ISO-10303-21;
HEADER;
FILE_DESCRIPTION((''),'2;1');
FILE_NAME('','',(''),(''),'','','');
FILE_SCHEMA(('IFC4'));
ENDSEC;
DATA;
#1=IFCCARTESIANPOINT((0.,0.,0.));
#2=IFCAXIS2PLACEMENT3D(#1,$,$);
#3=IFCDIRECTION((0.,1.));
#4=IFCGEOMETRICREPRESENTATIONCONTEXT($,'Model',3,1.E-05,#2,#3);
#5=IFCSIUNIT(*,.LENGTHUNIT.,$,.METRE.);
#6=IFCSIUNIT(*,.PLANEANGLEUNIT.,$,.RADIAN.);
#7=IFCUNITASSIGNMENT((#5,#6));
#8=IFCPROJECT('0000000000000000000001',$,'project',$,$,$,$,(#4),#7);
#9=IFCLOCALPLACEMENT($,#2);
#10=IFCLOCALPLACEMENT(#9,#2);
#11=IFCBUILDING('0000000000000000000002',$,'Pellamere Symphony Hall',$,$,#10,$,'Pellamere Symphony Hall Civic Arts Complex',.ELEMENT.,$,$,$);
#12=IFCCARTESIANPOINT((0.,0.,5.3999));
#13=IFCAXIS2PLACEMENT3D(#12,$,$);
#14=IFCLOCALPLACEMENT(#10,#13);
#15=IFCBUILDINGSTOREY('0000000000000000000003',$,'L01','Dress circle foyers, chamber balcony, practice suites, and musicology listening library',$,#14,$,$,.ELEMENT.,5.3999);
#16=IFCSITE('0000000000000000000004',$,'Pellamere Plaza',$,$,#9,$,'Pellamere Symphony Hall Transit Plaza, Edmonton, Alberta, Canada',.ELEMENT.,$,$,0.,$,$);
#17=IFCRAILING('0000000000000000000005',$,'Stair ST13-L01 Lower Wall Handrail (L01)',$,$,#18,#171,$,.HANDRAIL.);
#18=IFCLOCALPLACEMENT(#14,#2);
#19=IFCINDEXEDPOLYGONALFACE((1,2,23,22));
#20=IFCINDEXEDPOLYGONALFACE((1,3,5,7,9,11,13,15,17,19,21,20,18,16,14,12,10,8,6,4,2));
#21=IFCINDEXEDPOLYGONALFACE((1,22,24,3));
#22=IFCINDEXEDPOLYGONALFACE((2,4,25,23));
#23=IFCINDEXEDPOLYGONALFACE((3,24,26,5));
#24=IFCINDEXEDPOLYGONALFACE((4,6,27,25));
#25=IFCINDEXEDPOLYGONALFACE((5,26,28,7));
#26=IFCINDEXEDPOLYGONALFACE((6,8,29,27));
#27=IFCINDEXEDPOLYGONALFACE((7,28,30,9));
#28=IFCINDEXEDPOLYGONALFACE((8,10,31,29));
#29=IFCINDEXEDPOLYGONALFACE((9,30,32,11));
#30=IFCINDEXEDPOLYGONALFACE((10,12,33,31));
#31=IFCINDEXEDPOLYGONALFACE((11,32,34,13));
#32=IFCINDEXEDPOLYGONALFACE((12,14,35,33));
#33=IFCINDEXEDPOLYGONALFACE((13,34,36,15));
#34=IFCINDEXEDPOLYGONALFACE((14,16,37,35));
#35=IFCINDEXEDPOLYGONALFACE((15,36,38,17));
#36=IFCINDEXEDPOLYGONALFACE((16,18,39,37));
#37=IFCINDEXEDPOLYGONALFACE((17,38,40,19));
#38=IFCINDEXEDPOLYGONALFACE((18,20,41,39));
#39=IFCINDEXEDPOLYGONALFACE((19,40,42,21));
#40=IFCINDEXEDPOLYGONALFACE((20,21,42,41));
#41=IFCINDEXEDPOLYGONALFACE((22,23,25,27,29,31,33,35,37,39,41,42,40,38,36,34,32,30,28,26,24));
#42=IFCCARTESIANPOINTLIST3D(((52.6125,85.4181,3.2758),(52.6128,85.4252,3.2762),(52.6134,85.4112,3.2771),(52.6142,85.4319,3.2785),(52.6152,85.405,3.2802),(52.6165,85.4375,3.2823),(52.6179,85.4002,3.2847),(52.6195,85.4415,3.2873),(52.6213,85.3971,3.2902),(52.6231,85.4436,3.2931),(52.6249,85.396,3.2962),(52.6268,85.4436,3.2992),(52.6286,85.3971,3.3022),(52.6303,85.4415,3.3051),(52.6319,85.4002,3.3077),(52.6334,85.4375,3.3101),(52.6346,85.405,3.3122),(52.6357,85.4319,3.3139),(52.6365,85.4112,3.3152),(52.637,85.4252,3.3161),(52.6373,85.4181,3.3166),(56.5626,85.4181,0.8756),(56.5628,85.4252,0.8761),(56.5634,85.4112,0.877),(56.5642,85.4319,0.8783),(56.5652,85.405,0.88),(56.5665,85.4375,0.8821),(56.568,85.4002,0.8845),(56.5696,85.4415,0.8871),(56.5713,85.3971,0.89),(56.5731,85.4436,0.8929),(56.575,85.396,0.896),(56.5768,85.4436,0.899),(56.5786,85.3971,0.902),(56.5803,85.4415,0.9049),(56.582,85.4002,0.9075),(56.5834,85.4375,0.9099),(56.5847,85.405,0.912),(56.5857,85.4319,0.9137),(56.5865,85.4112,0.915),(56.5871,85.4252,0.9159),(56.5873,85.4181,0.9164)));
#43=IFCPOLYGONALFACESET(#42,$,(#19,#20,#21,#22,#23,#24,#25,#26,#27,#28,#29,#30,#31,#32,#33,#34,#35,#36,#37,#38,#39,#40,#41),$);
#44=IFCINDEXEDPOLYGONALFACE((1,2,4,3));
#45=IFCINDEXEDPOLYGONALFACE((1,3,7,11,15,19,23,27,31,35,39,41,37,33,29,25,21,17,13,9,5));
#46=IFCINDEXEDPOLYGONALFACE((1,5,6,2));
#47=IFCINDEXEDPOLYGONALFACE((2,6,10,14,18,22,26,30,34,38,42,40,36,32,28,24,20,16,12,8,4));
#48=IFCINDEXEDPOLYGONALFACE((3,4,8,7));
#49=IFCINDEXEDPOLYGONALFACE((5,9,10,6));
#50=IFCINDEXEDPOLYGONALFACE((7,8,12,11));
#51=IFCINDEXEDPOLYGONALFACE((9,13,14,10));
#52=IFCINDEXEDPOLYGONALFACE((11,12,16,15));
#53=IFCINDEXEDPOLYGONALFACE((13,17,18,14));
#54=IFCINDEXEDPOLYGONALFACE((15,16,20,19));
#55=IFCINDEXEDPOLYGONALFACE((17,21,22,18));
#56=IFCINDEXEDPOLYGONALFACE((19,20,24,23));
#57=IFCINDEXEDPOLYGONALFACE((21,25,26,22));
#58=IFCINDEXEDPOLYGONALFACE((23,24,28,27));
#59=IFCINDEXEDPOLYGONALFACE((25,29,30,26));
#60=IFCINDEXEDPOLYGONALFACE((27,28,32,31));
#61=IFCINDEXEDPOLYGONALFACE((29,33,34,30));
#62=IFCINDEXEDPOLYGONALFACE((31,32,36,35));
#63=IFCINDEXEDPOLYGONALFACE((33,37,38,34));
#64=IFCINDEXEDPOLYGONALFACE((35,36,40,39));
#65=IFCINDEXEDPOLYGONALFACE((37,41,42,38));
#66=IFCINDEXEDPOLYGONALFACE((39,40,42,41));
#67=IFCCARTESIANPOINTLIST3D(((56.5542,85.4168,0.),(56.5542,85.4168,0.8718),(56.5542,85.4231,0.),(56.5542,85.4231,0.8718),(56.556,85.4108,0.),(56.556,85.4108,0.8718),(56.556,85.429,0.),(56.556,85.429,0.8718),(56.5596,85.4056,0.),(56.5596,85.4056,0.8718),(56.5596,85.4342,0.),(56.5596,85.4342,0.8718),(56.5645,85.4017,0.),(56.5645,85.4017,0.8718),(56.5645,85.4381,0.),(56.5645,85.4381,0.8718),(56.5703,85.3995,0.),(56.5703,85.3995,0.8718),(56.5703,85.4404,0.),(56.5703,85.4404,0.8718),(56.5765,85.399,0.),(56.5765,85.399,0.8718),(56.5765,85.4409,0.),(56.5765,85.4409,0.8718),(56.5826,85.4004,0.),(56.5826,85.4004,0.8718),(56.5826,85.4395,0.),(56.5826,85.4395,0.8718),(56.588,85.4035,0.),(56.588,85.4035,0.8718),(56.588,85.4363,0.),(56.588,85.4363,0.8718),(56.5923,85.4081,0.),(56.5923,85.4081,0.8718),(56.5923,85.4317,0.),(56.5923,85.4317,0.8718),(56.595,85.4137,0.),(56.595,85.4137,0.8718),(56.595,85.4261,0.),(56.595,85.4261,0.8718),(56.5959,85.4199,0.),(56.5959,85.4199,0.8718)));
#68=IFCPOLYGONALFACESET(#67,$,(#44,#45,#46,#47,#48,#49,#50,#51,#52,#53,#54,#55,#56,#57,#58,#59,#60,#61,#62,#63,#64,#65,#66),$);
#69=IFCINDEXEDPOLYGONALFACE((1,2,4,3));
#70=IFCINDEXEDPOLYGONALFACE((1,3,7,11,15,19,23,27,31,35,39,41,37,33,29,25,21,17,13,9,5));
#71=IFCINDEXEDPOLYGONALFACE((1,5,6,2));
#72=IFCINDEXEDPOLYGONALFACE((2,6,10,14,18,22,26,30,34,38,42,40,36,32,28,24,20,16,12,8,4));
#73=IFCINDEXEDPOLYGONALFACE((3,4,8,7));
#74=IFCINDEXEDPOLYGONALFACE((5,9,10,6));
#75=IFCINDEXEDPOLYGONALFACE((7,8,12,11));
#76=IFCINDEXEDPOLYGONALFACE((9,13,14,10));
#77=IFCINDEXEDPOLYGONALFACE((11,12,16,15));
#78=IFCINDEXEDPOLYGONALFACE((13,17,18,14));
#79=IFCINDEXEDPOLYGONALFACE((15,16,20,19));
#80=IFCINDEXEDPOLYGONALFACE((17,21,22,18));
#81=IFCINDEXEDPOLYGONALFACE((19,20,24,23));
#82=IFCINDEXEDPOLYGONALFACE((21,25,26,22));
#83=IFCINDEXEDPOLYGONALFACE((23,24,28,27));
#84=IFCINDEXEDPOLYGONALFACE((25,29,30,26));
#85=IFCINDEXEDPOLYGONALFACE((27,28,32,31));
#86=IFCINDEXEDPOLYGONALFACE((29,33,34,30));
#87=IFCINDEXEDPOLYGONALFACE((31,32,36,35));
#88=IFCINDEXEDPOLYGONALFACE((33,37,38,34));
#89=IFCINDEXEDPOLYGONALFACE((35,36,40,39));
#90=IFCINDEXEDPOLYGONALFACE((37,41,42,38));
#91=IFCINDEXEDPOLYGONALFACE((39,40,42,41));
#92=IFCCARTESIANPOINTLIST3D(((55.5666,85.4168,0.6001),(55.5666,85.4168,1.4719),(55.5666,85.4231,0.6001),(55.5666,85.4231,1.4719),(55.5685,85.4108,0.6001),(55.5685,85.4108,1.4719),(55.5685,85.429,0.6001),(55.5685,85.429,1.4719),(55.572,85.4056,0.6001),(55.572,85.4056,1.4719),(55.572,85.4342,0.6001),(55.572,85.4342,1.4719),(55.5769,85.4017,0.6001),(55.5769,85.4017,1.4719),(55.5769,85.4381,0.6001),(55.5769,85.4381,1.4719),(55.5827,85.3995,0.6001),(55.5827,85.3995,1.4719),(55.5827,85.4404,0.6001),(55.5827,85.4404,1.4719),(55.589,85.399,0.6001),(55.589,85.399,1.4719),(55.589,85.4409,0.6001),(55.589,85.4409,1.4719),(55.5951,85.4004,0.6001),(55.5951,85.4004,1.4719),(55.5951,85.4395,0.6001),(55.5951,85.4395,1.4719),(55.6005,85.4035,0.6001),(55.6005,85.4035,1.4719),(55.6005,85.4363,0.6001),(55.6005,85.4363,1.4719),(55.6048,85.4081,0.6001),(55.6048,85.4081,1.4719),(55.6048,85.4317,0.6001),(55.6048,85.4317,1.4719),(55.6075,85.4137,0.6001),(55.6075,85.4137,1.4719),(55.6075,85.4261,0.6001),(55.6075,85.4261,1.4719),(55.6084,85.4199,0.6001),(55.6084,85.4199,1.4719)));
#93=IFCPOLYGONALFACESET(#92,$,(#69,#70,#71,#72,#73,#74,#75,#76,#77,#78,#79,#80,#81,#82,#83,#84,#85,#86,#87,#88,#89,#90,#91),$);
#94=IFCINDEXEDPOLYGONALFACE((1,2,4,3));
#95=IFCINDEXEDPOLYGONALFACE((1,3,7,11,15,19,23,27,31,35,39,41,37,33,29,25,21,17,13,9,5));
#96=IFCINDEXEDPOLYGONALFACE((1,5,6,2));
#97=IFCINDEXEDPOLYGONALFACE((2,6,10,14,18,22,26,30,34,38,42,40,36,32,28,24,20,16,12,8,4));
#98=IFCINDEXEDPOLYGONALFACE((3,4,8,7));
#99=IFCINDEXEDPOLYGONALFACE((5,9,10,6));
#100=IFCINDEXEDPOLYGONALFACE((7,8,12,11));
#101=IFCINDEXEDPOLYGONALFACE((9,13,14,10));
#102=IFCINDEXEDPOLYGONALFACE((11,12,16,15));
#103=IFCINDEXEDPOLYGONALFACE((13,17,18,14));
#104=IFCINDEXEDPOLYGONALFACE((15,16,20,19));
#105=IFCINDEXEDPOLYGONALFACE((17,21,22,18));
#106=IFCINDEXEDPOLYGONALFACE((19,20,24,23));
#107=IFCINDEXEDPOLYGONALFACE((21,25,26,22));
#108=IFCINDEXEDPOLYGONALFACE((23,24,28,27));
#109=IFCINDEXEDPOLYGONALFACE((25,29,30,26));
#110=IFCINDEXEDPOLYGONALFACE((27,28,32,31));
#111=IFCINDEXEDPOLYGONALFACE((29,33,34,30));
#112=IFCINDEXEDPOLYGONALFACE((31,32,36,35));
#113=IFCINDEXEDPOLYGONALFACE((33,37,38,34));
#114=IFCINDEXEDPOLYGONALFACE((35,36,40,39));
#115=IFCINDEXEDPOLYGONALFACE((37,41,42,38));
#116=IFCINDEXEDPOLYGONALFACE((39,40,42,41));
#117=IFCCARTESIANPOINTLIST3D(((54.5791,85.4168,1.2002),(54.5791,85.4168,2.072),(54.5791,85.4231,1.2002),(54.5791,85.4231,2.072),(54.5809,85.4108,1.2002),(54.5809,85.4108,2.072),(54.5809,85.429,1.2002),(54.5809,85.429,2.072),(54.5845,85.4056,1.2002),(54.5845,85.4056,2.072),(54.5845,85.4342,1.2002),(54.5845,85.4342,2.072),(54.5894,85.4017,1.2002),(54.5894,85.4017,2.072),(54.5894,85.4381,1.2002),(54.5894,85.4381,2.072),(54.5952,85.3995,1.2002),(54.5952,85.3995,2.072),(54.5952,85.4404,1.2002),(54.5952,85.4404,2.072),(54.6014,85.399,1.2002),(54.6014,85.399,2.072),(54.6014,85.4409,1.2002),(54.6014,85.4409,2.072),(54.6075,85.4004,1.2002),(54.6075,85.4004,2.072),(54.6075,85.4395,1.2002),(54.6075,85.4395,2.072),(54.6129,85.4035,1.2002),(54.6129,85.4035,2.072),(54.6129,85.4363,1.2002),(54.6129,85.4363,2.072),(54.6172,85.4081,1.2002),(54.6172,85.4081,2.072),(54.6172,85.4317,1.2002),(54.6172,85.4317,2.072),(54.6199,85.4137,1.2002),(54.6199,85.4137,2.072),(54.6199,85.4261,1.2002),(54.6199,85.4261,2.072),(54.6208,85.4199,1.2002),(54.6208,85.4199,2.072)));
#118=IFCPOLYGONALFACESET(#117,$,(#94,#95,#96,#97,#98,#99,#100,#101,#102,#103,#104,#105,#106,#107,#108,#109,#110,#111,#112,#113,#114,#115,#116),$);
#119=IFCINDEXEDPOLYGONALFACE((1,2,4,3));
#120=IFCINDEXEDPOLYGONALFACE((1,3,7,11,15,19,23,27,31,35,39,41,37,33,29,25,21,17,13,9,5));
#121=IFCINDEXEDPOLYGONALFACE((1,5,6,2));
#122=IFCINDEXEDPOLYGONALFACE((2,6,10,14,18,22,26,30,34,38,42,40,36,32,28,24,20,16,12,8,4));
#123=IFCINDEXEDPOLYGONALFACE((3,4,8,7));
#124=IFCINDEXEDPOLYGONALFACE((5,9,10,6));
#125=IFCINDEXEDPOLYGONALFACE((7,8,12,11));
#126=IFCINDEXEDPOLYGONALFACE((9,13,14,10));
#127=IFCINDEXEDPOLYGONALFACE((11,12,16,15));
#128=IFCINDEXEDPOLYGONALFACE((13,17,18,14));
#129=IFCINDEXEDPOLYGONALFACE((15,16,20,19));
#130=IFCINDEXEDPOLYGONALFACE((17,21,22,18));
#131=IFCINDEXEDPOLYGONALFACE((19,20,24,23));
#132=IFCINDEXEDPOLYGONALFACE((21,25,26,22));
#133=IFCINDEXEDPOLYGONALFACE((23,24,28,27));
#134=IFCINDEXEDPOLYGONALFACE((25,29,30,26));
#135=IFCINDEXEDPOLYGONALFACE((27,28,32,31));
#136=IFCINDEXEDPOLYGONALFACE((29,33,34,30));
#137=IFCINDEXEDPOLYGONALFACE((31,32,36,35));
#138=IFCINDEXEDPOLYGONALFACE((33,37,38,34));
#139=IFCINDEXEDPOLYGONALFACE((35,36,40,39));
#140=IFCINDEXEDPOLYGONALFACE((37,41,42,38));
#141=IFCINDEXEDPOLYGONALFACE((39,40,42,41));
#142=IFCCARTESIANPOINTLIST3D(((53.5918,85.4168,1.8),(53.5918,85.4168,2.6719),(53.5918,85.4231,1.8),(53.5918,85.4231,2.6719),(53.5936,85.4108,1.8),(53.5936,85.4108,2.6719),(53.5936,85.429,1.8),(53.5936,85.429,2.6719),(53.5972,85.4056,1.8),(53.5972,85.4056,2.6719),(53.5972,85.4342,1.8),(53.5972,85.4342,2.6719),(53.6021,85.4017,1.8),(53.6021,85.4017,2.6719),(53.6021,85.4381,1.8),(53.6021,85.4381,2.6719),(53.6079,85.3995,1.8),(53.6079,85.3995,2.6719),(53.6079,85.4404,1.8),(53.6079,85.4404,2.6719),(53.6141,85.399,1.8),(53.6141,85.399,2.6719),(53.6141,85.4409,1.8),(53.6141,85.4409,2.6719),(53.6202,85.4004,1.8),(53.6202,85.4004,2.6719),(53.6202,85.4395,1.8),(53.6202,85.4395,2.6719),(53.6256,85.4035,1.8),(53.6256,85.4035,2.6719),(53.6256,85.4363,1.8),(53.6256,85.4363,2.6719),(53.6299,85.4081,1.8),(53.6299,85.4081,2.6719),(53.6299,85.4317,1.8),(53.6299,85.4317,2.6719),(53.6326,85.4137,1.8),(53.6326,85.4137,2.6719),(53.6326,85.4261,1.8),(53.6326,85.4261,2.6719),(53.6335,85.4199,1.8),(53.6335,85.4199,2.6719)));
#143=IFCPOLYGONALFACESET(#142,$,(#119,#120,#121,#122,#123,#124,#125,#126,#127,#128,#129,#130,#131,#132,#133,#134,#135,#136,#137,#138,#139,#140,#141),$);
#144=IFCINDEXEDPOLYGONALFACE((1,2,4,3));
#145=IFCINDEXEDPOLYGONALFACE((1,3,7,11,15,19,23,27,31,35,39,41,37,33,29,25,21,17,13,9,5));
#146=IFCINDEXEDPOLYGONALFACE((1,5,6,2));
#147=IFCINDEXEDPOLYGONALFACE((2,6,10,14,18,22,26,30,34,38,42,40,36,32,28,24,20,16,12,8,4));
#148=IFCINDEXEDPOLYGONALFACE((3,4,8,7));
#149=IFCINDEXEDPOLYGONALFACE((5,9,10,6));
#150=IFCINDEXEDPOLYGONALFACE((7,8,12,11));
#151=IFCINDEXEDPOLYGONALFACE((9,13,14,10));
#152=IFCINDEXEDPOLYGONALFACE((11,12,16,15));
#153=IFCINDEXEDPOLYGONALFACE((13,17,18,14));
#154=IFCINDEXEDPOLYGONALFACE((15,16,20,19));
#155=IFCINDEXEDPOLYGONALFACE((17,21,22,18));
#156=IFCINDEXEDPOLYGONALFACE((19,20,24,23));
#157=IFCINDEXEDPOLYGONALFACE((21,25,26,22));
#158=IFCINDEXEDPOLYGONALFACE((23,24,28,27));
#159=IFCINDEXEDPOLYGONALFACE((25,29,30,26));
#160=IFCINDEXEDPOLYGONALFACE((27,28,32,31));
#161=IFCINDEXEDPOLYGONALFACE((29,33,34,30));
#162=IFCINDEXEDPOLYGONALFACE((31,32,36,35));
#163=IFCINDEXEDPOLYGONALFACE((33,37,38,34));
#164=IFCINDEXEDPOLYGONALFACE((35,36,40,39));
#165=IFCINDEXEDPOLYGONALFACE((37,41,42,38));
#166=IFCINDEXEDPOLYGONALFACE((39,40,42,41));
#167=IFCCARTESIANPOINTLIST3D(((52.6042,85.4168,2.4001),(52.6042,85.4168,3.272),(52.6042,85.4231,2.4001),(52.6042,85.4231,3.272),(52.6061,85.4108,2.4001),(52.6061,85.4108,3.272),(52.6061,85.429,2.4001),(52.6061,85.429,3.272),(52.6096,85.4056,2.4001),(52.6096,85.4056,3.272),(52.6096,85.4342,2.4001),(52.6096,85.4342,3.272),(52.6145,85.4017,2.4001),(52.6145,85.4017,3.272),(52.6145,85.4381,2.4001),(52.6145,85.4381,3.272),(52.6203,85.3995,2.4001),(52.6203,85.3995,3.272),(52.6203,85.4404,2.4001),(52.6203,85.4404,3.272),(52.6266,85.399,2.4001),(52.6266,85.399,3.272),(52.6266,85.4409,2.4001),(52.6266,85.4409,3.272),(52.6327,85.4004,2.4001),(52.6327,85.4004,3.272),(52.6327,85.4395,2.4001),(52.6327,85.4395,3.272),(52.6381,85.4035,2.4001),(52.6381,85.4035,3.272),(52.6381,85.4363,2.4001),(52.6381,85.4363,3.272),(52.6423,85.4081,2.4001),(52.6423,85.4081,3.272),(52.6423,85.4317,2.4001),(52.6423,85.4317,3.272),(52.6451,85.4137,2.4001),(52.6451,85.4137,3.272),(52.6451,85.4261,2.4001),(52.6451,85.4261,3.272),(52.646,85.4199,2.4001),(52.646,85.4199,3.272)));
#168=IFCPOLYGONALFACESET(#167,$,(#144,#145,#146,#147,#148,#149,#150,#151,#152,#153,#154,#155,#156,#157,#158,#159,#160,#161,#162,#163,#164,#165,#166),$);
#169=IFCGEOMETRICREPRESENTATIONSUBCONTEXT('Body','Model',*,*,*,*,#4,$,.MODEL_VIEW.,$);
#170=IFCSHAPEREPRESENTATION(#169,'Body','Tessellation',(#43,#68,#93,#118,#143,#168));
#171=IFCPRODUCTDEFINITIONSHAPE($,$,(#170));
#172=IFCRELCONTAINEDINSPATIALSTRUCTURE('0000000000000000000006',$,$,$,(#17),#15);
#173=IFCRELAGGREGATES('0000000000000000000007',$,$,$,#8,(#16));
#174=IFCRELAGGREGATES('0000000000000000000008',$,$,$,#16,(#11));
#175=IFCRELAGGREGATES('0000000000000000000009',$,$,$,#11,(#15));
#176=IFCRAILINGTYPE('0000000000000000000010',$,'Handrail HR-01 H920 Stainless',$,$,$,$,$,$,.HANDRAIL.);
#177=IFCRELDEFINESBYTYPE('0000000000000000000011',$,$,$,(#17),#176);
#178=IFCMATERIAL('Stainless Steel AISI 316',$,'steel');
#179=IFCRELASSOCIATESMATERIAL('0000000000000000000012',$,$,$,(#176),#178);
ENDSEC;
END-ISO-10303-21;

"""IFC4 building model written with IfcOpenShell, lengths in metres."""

from ifc_helpers import new_model, si_unit, direction, frame, origin, origin_2d, place, context, subcontext, project, spatial, circle, extrude, material, type_object, element, save


model = new_model("IFC4")

# Units and contexts
model_context = context("Model", 3, precision=1e-05, world=origin(), true_north=direction((0.0, 1.0)))
body_context = subcontext(model_context, "Body", "Model", "MODEL_VIEW")
ifc_project = project(units=[si_unit("LENGTHUNIT", "METRE"), si_unit("PLANEANGLEUNIT", "RADIAN")], contexts=[model_context])

# Site, building, storey
site_placement = place(None, origin())
site = spatial("IfcSite", under=ifc_project, at=site_placement, Name="Pellamere Plaza", LongName="Pellamere Symphony Hall Transit Plaza, Edmonton, Alberta, Canada", CompositionType="ELEMENT", RefElevation=0.0)
building_placement = place(site_placement, origin())
building = spatial("IfcBuilding", under=site, at=building_placement, Name="Pellamere Symphony Hall", LongName="Pellamere Symphony Hall Civic Arts Complex", CompositionType="ELEMENT")
storey_placement = place(building_placement, frame((0.0, 0.0, 5.3999)))
storey = spatial("IfcBuildingStorey", under=building, at=storey_placement, Name="L01", Description="Dress circle foyers, chamber balcony, practice suites, and musicology listening library", CompositionType="ELEMENT", Elevation=5.3999)

# Railing
ifc_material_1 = material(Name="Stainless Steel AISI 316", Category="steel")
railing_type_1 = type_object("IfcRailingType", Name="Handrail HR-01 H920 Stainless", PredefinedType="HANDRAIL", material=ifc_material_1)
railing_1_placement = place(storey_placement, frame((56.575, 85.4199, 0.0)))
element("IfcRailing", 1, at=railing_1_placement, inside=storey, type_object=railing_type_1, Name="Stair ST13-L01 Lower Wall Handrail (L01)", PredefinedType="HANDRAIL", context=body_context, shape_type="SweptSolid", body=[
    extrude(circle(Radius=0.0239, at=origin_2d()), frame((0.0, 0.0, 0.896), z_axis=(-0.854599, 0.0, 0.519288), x_axis=(0.0, -1.0, 0.0)), (0.0, 0.0, 1.0), 4.6221),
    extrude(circle(Radius=0.021, at=origin_2d()), origin(), (0.0, 0.0, 1.0), 0.8718),
    extrude(circle(Radius=0.021, at=origin_2d()), frame((-0.9875, 0.0, 0.6001)), (0.0, 0.0, 1.0), 0.8718),
    extrude(circle(Radius=0.021, at=origin_2d()), frame((-1.9751, 0.0, 1.2002)), (0.0, 0.0, 1.0), 0.8718),
    extrude(circle(Radius=0.021, at=origin_2d()), frame((-2.9624, 0.0, 1.8)), (0.0, 0.0, 1.0), 0.8718),
    extrude(circle(Radius=0.021, at=origin_2d()), frame((-3.95, 0.0, 2.4001)), (0.0, 0.0, 1.0), 0.8718),
])

save(model, "model.ifc")
